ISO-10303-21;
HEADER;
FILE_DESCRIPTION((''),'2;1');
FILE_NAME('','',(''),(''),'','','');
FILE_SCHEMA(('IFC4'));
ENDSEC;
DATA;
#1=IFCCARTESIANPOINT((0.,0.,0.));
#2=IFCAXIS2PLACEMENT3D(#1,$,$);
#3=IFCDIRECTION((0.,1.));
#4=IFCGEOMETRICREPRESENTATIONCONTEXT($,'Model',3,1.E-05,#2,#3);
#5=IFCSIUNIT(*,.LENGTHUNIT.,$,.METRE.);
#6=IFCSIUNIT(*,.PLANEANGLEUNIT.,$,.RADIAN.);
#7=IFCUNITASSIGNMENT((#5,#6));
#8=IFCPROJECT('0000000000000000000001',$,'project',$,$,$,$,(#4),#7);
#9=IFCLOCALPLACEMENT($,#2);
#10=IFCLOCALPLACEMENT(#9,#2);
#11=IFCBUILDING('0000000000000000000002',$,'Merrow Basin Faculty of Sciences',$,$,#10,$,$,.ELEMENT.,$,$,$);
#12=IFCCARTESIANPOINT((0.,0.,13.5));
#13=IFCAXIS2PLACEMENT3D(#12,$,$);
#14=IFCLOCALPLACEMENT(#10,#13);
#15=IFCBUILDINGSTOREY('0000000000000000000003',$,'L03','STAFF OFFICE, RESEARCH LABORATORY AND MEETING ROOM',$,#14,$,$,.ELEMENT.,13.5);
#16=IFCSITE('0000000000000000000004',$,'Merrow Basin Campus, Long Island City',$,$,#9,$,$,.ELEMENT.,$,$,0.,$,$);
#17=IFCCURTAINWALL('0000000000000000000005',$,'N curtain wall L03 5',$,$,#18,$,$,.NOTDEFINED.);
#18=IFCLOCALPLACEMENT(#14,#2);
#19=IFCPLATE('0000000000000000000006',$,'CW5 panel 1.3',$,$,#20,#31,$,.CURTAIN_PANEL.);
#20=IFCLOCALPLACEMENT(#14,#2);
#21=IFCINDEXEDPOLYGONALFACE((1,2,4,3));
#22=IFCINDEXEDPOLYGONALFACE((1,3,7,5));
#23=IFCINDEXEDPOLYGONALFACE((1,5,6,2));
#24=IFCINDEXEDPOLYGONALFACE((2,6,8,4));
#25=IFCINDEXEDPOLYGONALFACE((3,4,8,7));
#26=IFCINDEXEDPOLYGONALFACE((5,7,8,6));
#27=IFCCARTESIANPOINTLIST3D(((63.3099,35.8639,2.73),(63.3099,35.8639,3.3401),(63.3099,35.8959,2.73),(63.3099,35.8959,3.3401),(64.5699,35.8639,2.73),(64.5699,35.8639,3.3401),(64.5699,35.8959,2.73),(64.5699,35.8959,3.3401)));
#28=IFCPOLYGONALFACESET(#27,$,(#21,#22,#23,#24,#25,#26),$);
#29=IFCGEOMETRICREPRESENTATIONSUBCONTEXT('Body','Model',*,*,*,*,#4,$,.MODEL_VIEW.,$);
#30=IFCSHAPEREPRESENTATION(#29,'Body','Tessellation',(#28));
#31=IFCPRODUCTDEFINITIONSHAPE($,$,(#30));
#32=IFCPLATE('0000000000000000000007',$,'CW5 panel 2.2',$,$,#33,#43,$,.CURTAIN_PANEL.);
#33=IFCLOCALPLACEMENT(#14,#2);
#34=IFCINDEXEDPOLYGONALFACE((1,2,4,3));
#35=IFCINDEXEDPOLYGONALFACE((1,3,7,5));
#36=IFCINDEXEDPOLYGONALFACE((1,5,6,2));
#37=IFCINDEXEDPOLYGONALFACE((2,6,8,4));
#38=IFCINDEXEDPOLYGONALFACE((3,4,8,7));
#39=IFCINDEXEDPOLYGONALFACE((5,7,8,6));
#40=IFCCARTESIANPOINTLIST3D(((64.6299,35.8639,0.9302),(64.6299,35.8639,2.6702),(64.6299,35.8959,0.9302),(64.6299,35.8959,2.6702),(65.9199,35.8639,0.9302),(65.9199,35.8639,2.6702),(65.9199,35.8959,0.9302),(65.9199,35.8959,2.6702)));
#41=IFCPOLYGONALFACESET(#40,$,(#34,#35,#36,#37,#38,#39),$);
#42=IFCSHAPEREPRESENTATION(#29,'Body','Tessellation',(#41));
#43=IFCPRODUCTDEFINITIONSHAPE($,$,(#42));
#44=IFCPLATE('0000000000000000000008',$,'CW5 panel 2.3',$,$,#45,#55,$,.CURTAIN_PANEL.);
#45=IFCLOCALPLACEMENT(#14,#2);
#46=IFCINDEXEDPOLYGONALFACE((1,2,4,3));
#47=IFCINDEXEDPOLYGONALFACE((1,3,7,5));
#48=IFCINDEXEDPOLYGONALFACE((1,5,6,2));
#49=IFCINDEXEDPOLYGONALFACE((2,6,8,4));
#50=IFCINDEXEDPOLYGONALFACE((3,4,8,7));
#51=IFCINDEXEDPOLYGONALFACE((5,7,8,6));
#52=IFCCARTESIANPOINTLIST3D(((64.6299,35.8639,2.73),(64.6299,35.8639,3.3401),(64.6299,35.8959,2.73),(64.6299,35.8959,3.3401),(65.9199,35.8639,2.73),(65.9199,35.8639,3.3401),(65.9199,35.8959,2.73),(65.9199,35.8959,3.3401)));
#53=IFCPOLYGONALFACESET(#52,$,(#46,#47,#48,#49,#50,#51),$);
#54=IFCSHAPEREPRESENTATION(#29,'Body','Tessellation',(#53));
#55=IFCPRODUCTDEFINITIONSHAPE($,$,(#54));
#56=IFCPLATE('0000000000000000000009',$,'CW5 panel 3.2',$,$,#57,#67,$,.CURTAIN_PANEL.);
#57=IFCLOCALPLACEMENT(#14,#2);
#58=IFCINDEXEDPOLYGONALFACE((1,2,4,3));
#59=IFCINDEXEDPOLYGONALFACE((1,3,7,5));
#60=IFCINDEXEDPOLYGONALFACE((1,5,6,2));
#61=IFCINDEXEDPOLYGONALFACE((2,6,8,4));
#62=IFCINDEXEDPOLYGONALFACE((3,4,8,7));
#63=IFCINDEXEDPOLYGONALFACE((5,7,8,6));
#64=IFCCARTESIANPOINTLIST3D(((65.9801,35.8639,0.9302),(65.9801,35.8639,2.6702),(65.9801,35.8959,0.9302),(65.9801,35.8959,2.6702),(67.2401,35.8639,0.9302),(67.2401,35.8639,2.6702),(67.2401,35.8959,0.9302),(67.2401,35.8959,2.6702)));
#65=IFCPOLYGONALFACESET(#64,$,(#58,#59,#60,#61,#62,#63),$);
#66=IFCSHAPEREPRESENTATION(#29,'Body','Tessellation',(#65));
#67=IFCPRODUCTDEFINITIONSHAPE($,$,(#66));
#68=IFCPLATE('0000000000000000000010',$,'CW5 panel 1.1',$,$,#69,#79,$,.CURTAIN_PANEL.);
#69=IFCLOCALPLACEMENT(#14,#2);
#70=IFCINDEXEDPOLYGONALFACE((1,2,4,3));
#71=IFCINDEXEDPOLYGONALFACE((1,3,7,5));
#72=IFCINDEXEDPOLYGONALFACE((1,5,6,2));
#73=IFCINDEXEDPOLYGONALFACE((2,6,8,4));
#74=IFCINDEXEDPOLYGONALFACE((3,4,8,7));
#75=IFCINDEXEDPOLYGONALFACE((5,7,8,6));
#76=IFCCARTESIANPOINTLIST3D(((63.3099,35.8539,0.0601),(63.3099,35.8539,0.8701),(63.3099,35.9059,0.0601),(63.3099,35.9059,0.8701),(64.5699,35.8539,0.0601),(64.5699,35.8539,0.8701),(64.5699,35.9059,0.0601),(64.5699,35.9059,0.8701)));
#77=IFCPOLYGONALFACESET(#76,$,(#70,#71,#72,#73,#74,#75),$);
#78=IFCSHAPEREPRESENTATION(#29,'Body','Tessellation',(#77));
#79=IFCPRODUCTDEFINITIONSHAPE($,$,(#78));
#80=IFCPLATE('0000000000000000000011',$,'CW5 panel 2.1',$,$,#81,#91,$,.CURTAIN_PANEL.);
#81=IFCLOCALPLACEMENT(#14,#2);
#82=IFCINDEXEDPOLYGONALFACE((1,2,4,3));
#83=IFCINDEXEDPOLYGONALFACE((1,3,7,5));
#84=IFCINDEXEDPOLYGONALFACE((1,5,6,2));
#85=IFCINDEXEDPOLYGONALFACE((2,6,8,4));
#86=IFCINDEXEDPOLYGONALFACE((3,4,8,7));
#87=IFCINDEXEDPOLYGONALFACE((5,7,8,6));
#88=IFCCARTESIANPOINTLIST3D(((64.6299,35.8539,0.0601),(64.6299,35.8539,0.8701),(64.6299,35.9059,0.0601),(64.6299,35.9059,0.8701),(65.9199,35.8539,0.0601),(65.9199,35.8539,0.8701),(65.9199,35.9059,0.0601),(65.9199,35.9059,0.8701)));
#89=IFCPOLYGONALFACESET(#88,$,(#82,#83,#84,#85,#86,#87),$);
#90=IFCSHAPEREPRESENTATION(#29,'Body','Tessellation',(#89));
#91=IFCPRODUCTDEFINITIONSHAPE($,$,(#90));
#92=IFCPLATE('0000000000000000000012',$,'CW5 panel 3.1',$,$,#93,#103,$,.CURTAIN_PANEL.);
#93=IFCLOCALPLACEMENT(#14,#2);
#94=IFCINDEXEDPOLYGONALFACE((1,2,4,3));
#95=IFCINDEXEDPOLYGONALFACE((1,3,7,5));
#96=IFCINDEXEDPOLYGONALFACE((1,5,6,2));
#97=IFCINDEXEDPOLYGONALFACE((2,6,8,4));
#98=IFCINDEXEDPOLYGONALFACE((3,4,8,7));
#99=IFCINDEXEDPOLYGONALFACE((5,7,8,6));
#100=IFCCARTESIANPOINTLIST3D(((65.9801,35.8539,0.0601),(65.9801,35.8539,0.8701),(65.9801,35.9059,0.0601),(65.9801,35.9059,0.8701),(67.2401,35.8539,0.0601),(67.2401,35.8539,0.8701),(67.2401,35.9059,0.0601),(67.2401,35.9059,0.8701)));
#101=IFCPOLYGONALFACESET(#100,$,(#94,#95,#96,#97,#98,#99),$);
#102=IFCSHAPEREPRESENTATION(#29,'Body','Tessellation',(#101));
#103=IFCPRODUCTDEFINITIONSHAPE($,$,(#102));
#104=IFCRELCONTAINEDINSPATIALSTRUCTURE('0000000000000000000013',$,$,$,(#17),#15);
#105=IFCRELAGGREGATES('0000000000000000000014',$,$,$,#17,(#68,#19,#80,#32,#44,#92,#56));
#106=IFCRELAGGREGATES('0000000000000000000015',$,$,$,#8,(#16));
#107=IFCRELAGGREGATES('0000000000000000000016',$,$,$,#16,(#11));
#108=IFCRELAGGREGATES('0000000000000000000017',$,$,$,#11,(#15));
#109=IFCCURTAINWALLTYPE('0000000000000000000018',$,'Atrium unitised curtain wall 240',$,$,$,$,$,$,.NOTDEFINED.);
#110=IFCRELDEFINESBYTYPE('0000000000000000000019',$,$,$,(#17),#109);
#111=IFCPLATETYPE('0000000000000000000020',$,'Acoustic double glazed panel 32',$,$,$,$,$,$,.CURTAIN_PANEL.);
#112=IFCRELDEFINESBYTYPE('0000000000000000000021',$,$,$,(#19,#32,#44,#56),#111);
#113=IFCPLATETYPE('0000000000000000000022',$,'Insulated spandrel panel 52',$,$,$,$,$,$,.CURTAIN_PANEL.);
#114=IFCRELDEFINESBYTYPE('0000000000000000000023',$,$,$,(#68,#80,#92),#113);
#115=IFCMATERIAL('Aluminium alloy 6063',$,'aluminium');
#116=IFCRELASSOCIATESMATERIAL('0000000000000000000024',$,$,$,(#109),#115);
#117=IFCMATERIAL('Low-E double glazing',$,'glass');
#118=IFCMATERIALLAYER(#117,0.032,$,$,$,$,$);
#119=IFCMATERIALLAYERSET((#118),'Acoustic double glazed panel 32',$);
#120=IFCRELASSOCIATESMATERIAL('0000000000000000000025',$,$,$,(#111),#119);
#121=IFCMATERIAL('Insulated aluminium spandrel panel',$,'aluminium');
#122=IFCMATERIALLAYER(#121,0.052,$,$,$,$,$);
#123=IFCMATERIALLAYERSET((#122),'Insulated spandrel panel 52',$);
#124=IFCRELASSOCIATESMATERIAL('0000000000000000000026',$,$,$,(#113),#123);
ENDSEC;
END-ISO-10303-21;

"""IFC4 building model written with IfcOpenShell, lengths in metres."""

from ifc_helpers import new_model, si_unit, direction, frame, origin, origin_2d, place, context, subcontext, project, spatial, rectangle, extrude, material, layer, layer_set, type_object, element, aggregate, save


model = new_model("IFC4")

# Units and contexts
model_context = context("Model", 3, precision=1e-05, world=origin(), true_north=direction((0.0, 1.0)))
body_context = subcontext(model_context, "Body", "Model", "MODEL_VIEW")
ifc_project = project(units=[si_unit("LENGTHUNIT", "METRE"), si_unit("PLANEANGLEUNIT", "RADIAN")], contexts=[model_context])

# Site, building, storey
site_placement = place(None, origin())
site = spatial("IfcSite", under=ifc_project, at=site_placement, Name="Merrow Basin Campus, Long Island City", CompositionType="ELEMENT", RefElevation=0.0)
building_placement = place(site_placement, origin())
building = spatial("IfcBuilding", under=site, at=building_placement, Name="Merrow Basin Faculty of Sciences", CompositionType="ELEMENT")
storey_placement = place(building_placement, frame((0.0, 0.0, 13.5)))
storey = spatial("IfcBuildingStorey", under=building, at=storey_placement, Name="L03", Description="STAFF OFFICE, RESEARCH LABORATORY AND MEETING ROOM", CompositionType="ELEMENT", Elevation=13.5)

# Curtain wall, plates
ifc_material_1 = material(Name="Aluminium alloy 6063", Category="aluminium")
curtain_wall_type = type_object("IfcCurtainWallType", Name="Atrium unitised curtain wall 240", PredefinedType="NOTDEFINED", material=ifc_material_1)
curtain_wall_placement = place(storey_placement, origin())
curtain_wall = element("IfcCurtainWall", 1, at=curtain_wall_placement, inside=storey, type_object=curtain_wall_type, Name="N curtain wall L03 5", PredefinedType="NOTDEFINED")
ifc_material_2 = material(Name="Low-E double glazing", Category="glass")
ifc_layer_1 = layer(ifc_material_2, 0.032)
ifc_layer_set_1 = layer_set([ifc_layer_1], Name="Acoustic double glazed panel 32")
plate_type_1 = type_object("IfcPlateType", Name="Acoustic double glazed panel 32", PredefinedType="CURTAIN_PANEL", material=ifc_layer_set_1)
plate_1_placement = place(storey_placement, frame((63.9399, 35.8799, 2.73), z_axis=(0.0, 0.0, 1.0), x_axis=(1.0, 0.0, 0.0)))
plate_1 = element("IfcPlate", 2, at=plate_1_placement, type_object=plate_type_1, Name="CW5 panel 1.3", PredefinedType="CURTAIN_PANEL", context=body_context, shape_type="SweptSolid", body=[
    extrude(rectangle(XDim=1.26, YDim=0.032, at=origin_2d()), origin(), (0.0, 0.0, 1.0), 0.6101),
])
plate_2_placement = place(storey_placement, frame((65.2749, 35.8799, 0.9302), z_axis=(0.0, 0.0, 1.0), x_axis=(1.0, 0.0, 0.0)))
plate_2 = element("IfcPlate", 3, at=plate_2_placement, type_object=plate_type_1, Name="CW5 panel 2.2", PredefinedType="CURTAIN_PANEL", context=body_context, shape_type="SweptSolid", body=[
    extrude(rectangle(XDim=1.29, YDim=0.032, at=origin_2d()), origin(), (0.0, 0.0, 1.0), 1.74),
])
plate_3_placement = place(storey_placement, frame((65.2749, 35.8799, 2.73), z_axis=(0.0, 0.0, 1.0), x_axis=(1.0, 0.0, 0.0)))
plate_3 = element("IfcPlate", 4, at=plate_3_placement, type_object=plate_type_1, Name="CW5 panel 2.3", PredefinedType="CURTAIN_PANEL", context=body_context, shape_type="SweptSolid", body=[
    extrude(rectangle(XDim=1.29, YDim=0.032, at=origin_2d()), origin(), (0.0, 0.0, 1.0), 0.6101),
])
plate_4_placement = place(storey_placement, frame((66.6101, 35.8799, 0.9302), z_axis=(0.0, 0.0, 1.0), x_axis=(1.0, 0.0, 0.0)))
plate_4 = element("IfcPlate", 5, at=plate_4_placement, type_object=plate_type_1, Name="CW5 panel 3.2", PredefinedType="CURTAIN_PANEL", context=body_context, shape_type="SweptSolid", body=[
    extrude(rectangle(XDim=1.26, YDim=0.032, at=origin_2d()), origin(), (0.0, 0.0, 1.0), 1.74),
])
ifc_material_3 = material(Name="Insulated aluminium spandrel panel", Category="aluminium")
ifc_layer_2 = layer(ifc_material_3, 0.052)
ifc_layer_set_2 = layer_set([ifc_layer_2], Name="Insulated spandrel panel 52")
plate_type_2 = type_object("IfcPlateType", Name="Insulated spandrel panel 52", PredefinedType="CURTAIN_PANEL", material=ifc_layer_set_2)
plate_5_placement = place(storey_placement, frame((63.9399, 35.8799, 0.0601), z_axis=(0.0, 0.0, 1.0), x_axis=(1.0, 0.0, 0.0)))
plate_5 = element("IfcPlate", 6, at=plate_5_placement, type_object=plate_type_2, Name="CW5 panel 1.1", PredefinedType="CURTAIN_PANEL", context=body_context, shape_type="SweptSolid", body=[
    extrude(rectangle(XDim=1.26, YDim=0.052, at=origin_2d()), origin(), (0.0, 0.0, 1.0), 0.8101),
])
plate_6_placement = place(storey_placement, frame((65.2749, 35.8799, 0.0601), z_axis=(0.0, 0.0, 1.0), x_axis=(1.0, 0.0, 0.0)))
plate_6 = element("IfcPlate", 7, at=plate_6_placement, type_object=plate_type_2, Name="CW5 panel 2.1", PredefinedType="CURTAIN_PANEL", context=body_context, shape_type="SweptSolid", body=[
    extrude(rectangle(XDim=1.29, YDim=0.052, at=origin_2d()), origin(), (0.0, 0.0, 1.0), 0.8101),
])
plate_7_placement = place(storey_placement, frame((66.6101, 35.8799, 0.0601), z_axis=(0.0, 0.0, 1.0), x_axis=(1.0, 0.0, 0.0)))
plate_7 = element("IfcPlate", 8, at=plate_7_placement, type_object=plate_type_2, Name="CW5 panel 3.1", PredefinedType="CURTAIN_PANEL", context=body_context, shape_type="SweptSolid", body=[
    extrude(rectangle(XDim=1.26, YDim=0.052, at=origin_2d()), origin(), (0.0, 0.0, 1.0), 0.8101),
])
aggregate(curtain_wall, [plate_5, plate_1, plate_6, plate_2, plate_3, plate_7, plate_4])

save(model, "model.ifc")
